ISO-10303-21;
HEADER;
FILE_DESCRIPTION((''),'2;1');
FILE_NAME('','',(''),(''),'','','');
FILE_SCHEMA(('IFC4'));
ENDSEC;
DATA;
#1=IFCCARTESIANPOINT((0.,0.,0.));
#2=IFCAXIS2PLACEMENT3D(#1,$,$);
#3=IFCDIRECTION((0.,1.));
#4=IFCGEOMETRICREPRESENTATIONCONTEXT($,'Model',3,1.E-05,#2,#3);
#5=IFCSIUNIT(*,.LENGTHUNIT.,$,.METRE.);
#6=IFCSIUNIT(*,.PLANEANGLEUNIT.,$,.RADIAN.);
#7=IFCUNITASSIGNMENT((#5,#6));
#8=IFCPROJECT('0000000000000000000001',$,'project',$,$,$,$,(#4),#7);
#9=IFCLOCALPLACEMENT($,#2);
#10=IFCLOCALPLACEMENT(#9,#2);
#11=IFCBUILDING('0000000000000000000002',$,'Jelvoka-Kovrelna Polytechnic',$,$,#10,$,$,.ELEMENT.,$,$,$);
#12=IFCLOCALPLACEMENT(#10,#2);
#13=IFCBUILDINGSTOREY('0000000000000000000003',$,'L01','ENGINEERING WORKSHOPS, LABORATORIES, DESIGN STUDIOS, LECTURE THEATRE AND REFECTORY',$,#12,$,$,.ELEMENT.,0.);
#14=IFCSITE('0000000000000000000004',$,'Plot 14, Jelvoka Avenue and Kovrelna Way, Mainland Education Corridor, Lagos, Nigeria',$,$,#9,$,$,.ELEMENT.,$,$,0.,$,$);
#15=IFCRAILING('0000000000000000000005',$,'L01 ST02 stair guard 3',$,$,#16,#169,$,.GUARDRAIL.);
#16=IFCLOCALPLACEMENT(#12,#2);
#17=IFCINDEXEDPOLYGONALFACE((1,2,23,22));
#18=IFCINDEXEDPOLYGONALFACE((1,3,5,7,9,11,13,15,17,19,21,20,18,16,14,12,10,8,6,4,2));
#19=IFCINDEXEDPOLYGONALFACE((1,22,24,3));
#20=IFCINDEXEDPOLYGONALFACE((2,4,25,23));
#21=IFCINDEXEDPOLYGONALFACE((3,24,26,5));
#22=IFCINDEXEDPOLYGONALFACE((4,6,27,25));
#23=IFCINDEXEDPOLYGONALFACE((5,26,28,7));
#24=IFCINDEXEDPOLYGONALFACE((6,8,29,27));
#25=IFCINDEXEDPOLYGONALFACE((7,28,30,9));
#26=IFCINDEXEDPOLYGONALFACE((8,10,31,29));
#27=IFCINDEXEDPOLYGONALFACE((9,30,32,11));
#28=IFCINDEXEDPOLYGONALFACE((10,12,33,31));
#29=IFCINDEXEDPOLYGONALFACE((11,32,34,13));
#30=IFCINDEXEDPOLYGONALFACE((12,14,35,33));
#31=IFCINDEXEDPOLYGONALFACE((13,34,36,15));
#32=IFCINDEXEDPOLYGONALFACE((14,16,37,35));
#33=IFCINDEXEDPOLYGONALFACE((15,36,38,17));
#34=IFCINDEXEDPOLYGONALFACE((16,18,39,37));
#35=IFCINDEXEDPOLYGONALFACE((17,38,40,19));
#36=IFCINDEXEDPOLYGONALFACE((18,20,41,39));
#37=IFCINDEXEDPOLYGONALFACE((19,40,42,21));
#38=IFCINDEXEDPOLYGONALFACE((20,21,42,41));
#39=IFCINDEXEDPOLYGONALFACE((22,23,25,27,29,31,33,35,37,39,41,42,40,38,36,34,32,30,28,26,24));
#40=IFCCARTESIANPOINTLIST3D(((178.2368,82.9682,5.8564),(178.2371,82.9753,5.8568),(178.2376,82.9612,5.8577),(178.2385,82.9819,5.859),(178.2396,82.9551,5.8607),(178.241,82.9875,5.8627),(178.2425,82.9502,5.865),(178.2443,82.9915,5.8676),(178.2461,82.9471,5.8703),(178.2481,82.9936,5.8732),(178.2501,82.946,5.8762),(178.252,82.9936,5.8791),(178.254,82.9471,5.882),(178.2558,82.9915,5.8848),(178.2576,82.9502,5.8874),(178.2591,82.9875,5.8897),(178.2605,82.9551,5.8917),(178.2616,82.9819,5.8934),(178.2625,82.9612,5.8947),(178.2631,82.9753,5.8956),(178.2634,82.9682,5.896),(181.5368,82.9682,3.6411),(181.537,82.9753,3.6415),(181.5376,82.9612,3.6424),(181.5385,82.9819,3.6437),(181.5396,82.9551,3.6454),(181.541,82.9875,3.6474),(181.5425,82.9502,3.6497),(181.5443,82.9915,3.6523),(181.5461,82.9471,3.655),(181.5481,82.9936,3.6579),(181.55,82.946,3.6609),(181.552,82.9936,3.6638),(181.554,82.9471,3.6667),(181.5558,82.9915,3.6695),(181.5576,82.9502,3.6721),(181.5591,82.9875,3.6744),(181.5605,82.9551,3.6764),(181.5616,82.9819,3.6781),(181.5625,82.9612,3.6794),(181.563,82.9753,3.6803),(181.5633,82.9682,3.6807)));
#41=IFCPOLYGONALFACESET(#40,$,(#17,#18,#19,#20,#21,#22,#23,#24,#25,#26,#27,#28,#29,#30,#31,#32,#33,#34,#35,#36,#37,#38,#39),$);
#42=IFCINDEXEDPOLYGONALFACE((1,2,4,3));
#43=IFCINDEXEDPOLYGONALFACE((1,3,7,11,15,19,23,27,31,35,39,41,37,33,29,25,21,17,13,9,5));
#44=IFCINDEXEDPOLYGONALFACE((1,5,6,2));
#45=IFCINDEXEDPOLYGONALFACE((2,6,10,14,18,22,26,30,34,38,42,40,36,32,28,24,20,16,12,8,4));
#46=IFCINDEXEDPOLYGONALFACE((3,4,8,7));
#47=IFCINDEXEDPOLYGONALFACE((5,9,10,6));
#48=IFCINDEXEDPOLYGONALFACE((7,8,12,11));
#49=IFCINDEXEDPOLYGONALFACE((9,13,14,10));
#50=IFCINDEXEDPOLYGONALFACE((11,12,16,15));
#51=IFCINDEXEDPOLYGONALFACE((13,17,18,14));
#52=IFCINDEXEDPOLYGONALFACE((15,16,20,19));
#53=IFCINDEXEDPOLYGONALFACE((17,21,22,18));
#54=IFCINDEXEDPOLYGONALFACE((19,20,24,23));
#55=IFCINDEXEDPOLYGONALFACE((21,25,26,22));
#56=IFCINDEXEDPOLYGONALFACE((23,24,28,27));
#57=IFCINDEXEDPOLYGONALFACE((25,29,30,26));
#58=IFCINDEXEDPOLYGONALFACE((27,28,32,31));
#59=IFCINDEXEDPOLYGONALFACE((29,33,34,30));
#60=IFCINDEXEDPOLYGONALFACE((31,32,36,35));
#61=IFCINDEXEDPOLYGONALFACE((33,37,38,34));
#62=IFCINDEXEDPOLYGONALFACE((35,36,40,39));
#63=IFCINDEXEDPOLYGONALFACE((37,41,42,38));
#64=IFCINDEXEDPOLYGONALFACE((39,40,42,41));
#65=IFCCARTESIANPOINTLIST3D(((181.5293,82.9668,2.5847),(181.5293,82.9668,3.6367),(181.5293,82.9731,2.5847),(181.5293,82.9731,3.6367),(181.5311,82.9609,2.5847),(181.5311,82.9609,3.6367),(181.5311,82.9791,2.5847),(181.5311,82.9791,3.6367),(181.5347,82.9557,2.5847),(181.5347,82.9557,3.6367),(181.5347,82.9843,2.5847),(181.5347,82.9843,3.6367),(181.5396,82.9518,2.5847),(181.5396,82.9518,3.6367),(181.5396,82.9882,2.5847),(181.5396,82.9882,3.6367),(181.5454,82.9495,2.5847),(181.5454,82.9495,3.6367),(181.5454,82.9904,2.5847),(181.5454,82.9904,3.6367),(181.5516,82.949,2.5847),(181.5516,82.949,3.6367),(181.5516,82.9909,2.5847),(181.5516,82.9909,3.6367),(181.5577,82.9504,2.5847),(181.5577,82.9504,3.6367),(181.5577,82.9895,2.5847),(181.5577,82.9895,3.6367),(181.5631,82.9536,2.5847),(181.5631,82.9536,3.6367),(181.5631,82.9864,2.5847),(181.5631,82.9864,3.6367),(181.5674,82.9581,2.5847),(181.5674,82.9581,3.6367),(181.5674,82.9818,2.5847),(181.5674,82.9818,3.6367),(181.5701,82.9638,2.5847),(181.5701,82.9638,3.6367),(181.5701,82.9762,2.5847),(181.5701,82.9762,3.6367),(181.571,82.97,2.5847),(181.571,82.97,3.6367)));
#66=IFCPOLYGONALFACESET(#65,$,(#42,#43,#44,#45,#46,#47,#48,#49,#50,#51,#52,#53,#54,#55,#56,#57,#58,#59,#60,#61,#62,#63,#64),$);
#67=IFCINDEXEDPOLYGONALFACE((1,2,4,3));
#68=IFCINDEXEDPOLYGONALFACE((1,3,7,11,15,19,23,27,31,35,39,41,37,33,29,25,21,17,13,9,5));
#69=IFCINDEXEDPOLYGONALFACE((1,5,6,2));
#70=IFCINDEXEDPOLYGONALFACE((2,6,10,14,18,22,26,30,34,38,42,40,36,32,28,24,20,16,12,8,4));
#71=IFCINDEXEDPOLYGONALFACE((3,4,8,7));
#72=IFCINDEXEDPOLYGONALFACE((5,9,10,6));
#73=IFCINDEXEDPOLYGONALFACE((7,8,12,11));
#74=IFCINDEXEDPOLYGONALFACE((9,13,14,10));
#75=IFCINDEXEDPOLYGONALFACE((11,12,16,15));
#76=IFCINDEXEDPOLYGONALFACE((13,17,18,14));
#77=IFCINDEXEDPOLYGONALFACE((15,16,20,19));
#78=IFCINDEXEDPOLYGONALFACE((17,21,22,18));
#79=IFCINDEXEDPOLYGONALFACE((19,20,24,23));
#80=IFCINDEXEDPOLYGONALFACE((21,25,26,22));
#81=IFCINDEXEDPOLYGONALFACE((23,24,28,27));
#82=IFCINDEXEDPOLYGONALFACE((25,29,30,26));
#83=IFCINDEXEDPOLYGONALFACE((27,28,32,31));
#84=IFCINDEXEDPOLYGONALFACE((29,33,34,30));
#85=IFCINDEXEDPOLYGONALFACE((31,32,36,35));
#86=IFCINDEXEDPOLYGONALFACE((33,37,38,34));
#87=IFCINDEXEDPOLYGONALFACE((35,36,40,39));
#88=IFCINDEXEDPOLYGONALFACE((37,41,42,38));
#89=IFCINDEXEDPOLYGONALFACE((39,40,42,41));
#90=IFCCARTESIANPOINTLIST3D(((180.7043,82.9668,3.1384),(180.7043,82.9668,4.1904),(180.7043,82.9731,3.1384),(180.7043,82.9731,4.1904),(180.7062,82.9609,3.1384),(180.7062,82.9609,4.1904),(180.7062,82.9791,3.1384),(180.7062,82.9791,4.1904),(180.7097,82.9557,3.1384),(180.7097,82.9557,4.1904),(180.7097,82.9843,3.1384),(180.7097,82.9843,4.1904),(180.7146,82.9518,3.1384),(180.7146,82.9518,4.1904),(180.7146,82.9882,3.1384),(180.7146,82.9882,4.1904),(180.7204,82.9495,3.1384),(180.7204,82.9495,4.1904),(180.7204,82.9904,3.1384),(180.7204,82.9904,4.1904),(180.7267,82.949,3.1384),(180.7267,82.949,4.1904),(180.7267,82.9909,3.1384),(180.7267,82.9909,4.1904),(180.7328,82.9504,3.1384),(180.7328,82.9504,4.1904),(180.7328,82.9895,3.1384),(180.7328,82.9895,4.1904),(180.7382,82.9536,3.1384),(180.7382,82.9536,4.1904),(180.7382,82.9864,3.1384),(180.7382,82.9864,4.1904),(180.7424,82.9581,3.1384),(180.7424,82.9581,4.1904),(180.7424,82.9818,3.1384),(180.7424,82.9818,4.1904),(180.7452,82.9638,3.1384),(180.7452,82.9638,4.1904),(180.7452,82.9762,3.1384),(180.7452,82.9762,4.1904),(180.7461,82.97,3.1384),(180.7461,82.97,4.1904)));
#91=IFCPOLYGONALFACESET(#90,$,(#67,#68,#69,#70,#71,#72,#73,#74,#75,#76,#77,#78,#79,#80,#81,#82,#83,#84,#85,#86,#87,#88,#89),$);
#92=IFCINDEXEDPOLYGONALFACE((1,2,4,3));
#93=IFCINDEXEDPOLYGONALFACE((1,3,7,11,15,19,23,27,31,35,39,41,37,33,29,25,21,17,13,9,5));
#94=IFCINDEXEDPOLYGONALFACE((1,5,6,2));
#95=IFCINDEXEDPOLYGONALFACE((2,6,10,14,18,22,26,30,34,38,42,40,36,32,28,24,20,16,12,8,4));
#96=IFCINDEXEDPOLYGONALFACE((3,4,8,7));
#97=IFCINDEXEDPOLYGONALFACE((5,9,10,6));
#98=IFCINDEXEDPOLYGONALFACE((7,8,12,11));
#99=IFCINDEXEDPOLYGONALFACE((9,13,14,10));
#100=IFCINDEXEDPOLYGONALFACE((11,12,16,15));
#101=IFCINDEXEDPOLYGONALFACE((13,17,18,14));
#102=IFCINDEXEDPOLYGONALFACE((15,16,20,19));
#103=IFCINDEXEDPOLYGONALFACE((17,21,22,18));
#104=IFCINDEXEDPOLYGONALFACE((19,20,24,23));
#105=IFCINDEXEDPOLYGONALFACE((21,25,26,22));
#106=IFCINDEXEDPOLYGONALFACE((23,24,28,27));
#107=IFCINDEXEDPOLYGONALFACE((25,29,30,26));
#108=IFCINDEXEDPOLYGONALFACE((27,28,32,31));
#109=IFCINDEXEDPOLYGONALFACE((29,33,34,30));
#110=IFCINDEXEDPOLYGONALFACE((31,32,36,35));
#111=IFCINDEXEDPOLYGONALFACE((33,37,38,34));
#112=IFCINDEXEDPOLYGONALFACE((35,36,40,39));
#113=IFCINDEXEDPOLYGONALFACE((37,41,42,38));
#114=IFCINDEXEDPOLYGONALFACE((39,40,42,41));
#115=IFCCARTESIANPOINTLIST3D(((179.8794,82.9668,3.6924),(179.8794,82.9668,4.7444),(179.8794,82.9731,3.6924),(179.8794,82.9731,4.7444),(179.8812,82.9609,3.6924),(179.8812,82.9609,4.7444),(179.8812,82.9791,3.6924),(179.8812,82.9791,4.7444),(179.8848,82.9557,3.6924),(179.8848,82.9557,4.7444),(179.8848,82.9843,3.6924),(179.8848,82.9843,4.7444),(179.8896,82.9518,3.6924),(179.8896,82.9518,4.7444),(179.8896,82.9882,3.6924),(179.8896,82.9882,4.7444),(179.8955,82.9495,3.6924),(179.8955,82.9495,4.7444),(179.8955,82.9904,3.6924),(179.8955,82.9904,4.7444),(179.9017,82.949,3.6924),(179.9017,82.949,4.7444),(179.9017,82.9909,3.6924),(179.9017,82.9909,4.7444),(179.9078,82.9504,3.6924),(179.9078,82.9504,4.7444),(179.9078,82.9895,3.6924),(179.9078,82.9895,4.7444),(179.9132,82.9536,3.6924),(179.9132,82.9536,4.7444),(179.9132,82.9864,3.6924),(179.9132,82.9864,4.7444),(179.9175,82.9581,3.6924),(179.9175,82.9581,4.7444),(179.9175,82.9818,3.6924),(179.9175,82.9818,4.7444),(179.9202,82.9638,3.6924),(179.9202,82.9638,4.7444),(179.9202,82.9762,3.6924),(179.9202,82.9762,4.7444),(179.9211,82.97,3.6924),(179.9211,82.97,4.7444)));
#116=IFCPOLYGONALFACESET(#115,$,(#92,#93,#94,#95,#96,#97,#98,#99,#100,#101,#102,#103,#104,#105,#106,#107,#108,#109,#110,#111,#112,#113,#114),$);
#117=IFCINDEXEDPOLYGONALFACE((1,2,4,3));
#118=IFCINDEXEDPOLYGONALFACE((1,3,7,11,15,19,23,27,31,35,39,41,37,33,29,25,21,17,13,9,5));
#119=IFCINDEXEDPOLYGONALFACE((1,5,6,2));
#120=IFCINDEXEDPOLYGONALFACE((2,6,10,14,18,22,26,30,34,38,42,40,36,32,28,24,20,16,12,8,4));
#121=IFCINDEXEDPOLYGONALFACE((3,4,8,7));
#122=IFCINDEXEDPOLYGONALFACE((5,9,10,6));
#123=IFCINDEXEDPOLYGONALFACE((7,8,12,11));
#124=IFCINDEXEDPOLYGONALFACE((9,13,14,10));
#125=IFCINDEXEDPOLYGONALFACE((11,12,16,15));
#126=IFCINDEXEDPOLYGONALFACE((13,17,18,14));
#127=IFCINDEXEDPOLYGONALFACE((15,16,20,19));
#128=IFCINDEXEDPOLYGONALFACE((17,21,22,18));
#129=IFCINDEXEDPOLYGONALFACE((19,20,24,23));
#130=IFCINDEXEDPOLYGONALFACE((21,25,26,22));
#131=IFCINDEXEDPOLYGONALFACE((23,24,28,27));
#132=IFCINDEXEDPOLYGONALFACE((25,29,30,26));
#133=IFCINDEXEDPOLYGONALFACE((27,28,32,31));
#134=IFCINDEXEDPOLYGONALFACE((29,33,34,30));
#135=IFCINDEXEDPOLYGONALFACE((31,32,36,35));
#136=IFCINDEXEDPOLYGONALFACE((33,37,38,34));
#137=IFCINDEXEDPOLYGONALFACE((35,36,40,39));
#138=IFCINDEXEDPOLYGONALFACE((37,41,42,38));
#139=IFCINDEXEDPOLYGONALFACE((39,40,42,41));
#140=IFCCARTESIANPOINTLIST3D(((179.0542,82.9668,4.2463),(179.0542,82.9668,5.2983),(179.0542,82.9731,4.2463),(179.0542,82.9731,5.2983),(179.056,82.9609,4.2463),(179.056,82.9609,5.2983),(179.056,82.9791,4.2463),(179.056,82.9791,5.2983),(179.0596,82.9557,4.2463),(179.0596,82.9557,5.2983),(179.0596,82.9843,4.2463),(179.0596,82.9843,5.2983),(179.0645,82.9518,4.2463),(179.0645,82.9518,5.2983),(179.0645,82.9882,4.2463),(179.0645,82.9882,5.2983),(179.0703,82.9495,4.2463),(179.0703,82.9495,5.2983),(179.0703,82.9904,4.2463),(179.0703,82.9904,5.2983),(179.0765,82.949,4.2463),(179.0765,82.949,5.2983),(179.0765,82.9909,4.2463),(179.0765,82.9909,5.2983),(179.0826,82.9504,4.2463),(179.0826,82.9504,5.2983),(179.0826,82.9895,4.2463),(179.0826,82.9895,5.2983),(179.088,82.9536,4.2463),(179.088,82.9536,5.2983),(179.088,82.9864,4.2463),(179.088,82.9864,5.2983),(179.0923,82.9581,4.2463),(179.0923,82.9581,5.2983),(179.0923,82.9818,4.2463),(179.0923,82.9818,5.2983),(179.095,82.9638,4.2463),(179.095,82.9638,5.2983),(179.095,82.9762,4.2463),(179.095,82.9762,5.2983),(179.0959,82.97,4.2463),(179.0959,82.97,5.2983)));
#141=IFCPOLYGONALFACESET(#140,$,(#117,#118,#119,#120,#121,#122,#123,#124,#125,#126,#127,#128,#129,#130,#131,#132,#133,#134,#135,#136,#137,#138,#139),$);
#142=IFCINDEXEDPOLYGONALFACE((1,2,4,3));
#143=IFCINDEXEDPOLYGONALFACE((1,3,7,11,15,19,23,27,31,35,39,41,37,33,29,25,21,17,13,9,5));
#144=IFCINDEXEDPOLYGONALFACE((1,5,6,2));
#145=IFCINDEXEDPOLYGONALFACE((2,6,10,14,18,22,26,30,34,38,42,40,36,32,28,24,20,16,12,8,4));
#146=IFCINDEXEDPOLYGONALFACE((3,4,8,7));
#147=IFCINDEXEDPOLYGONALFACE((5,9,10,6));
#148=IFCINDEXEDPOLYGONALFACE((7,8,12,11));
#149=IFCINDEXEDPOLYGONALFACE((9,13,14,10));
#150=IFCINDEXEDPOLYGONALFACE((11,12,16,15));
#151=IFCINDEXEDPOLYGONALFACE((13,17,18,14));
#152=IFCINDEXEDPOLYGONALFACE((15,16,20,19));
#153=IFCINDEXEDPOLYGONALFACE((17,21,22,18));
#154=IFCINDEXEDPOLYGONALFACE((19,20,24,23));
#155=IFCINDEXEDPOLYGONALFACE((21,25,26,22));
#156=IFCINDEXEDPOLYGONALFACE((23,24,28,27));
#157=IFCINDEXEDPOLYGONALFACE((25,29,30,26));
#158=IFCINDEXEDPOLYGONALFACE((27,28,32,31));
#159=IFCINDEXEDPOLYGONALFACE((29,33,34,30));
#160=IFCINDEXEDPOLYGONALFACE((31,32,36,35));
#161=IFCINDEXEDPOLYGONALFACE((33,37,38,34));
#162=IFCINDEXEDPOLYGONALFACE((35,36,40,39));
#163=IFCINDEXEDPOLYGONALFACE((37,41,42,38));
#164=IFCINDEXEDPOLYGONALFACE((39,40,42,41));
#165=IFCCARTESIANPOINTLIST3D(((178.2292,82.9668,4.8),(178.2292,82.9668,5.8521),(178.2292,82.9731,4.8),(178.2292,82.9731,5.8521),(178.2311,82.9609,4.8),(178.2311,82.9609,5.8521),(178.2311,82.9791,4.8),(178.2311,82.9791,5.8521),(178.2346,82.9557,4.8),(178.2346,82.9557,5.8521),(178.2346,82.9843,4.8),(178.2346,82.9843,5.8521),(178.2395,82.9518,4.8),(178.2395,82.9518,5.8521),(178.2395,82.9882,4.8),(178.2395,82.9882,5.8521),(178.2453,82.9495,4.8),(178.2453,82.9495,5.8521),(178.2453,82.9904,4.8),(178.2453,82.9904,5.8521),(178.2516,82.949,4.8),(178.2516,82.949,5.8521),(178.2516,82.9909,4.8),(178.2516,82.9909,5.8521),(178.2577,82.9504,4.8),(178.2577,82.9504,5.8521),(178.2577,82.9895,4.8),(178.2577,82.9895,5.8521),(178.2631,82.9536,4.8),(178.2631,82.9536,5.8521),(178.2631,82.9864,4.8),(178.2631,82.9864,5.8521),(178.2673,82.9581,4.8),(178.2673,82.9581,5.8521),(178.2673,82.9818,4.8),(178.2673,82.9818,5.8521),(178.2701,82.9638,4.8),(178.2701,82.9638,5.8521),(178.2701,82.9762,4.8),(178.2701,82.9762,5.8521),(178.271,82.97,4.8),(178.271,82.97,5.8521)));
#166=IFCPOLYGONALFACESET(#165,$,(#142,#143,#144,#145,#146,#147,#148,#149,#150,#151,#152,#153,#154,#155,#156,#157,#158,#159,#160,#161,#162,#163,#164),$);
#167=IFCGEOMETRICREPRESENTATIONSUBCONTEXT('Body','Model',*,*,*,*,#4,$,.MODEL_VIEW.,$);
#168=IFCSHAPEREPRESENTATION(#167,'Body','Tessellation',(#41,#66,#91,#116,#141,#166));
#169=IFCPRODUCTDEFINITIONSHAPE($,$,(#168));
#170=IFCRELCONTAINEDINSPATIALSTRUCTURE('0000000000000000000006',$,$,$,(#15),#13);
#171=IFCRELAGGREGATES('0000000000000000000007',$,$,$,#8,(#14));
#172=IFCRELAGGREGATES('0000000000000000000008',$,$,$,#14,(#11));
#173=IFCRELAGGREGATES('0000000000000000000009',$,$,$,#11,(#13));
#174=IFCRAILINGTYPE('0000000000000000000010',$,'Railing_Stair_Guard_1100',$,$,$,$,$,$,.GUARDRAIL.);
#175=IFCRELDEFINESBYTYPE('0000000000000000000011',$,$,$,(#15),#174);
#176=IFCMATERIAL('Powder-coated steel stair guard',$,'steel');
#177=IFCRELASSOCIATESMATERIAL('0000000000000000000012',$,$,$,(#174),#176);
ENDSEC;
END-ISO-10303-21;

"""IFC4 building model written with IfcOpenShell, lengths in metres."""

from ifc_helpers import new_model, si_unit, direction, frame, origin, origin_2d, place, context, subcontext, project, spatial, circle, extrude, material, type_object, element, save


model = new_model("IFC4")

# Units and contexts
model_context = context("Model", 3, precision=1e-05, world=origin(), true_north=direction((0.0, 1.0)))
body_context = subcontext(model_context, "Body", "Model", "MODEL_VIEW")
ifc_project = project(units=[si_unit("LENGTHUNIT", "METRE"), si_unit("PLANEANGLEUNIT", "RADIAN")], contexts=[model_context])

# Site, building, storey
site_placement = place(None, origin())
site = spatial("IfcSite", under=ifc_project, at=site_placement, Name="Plot 14, Jelvoka Avenue and Kovrelna Way, Mainland Education Corridor, Lagos, Nigeria", CompositionType="ELEMENT", RefElevation=0.0)
building_placement = place(site_placement, origin())
building = spatial("IfcBuilding", under=site, at=building_placement, Name="Jelvoka-Kovrelna Polytechnic", CompositionType="ELEMENT")
storey_placement = place(building_placement, origin())
storey = spatial("IfcBuildingStorey", under=building, at=storey_placement, Name="L01", Description="ENGINEERING WORKSHOPS, LABORATORIES, DESIGN STUDIOS, LECTURE THEATRE AND REFECTORY", CompositionType="ELEMENT", Elevation=0.0)

# Railing
ifc_material_1 = material(Name="Powder-coated steel stair guard", Category="steel")
railing_type_1 = type_object("IfcRailingType", Name="Railing_Stair_Guard_1100", PredefinedType="GUARDRAIL", material=ifc_material_1)
railing_1_placement = place(storey_placement, frame((181.55, 82.97, 2.5847)))
element("IfcRailing", 1, at=railing_1_placement, inside=storey, type_object=railing_type_1, Name="L01 ST02 stair guard 3", PredefinedType="GUARDRAIL", context=body_context, shape_type="SweptSolid", body=[
    extrude(circle(Radius=0.0239, at=origin_2d()), frame((0.0, 0.0, 1.0762), z_axis=(-0.830269, 0.0, 0.557362), x_axis=(0.0, -1.0, 0.0)), (0.0, 0.0, 1.0), 3.9746),
    extrude(circle(Radius=0.021, at=origin_2d()), origin(), (0.0, 0.0, 1.0), 1.052),
    extrude(circle(Radius=0.021, at=origin_2d()), frame((-0.825, 0.0, 0.5537)), (0.0, 0.0, 1.0), 1.052),
    extrude(circle(Radius=0.021, at=origin_2d()), frame((-1.6499, 0.0, 1.1077)), (0.0, 0.0, 1.0), 1.052),
    extrude(circle(Radius=0.021, at=origin_2d()), frame((-2.4751, 0.0, 1.6616)), (0.0, 0.0, 1.0), 1.052),
    extrude(circle(Radius=0.021, at=origin_2d()), frame((-3.3, 0.0, 2.2153)), (0.0, 0.0, 1.0), 1.052),
])

save(model, "model.ifc")
